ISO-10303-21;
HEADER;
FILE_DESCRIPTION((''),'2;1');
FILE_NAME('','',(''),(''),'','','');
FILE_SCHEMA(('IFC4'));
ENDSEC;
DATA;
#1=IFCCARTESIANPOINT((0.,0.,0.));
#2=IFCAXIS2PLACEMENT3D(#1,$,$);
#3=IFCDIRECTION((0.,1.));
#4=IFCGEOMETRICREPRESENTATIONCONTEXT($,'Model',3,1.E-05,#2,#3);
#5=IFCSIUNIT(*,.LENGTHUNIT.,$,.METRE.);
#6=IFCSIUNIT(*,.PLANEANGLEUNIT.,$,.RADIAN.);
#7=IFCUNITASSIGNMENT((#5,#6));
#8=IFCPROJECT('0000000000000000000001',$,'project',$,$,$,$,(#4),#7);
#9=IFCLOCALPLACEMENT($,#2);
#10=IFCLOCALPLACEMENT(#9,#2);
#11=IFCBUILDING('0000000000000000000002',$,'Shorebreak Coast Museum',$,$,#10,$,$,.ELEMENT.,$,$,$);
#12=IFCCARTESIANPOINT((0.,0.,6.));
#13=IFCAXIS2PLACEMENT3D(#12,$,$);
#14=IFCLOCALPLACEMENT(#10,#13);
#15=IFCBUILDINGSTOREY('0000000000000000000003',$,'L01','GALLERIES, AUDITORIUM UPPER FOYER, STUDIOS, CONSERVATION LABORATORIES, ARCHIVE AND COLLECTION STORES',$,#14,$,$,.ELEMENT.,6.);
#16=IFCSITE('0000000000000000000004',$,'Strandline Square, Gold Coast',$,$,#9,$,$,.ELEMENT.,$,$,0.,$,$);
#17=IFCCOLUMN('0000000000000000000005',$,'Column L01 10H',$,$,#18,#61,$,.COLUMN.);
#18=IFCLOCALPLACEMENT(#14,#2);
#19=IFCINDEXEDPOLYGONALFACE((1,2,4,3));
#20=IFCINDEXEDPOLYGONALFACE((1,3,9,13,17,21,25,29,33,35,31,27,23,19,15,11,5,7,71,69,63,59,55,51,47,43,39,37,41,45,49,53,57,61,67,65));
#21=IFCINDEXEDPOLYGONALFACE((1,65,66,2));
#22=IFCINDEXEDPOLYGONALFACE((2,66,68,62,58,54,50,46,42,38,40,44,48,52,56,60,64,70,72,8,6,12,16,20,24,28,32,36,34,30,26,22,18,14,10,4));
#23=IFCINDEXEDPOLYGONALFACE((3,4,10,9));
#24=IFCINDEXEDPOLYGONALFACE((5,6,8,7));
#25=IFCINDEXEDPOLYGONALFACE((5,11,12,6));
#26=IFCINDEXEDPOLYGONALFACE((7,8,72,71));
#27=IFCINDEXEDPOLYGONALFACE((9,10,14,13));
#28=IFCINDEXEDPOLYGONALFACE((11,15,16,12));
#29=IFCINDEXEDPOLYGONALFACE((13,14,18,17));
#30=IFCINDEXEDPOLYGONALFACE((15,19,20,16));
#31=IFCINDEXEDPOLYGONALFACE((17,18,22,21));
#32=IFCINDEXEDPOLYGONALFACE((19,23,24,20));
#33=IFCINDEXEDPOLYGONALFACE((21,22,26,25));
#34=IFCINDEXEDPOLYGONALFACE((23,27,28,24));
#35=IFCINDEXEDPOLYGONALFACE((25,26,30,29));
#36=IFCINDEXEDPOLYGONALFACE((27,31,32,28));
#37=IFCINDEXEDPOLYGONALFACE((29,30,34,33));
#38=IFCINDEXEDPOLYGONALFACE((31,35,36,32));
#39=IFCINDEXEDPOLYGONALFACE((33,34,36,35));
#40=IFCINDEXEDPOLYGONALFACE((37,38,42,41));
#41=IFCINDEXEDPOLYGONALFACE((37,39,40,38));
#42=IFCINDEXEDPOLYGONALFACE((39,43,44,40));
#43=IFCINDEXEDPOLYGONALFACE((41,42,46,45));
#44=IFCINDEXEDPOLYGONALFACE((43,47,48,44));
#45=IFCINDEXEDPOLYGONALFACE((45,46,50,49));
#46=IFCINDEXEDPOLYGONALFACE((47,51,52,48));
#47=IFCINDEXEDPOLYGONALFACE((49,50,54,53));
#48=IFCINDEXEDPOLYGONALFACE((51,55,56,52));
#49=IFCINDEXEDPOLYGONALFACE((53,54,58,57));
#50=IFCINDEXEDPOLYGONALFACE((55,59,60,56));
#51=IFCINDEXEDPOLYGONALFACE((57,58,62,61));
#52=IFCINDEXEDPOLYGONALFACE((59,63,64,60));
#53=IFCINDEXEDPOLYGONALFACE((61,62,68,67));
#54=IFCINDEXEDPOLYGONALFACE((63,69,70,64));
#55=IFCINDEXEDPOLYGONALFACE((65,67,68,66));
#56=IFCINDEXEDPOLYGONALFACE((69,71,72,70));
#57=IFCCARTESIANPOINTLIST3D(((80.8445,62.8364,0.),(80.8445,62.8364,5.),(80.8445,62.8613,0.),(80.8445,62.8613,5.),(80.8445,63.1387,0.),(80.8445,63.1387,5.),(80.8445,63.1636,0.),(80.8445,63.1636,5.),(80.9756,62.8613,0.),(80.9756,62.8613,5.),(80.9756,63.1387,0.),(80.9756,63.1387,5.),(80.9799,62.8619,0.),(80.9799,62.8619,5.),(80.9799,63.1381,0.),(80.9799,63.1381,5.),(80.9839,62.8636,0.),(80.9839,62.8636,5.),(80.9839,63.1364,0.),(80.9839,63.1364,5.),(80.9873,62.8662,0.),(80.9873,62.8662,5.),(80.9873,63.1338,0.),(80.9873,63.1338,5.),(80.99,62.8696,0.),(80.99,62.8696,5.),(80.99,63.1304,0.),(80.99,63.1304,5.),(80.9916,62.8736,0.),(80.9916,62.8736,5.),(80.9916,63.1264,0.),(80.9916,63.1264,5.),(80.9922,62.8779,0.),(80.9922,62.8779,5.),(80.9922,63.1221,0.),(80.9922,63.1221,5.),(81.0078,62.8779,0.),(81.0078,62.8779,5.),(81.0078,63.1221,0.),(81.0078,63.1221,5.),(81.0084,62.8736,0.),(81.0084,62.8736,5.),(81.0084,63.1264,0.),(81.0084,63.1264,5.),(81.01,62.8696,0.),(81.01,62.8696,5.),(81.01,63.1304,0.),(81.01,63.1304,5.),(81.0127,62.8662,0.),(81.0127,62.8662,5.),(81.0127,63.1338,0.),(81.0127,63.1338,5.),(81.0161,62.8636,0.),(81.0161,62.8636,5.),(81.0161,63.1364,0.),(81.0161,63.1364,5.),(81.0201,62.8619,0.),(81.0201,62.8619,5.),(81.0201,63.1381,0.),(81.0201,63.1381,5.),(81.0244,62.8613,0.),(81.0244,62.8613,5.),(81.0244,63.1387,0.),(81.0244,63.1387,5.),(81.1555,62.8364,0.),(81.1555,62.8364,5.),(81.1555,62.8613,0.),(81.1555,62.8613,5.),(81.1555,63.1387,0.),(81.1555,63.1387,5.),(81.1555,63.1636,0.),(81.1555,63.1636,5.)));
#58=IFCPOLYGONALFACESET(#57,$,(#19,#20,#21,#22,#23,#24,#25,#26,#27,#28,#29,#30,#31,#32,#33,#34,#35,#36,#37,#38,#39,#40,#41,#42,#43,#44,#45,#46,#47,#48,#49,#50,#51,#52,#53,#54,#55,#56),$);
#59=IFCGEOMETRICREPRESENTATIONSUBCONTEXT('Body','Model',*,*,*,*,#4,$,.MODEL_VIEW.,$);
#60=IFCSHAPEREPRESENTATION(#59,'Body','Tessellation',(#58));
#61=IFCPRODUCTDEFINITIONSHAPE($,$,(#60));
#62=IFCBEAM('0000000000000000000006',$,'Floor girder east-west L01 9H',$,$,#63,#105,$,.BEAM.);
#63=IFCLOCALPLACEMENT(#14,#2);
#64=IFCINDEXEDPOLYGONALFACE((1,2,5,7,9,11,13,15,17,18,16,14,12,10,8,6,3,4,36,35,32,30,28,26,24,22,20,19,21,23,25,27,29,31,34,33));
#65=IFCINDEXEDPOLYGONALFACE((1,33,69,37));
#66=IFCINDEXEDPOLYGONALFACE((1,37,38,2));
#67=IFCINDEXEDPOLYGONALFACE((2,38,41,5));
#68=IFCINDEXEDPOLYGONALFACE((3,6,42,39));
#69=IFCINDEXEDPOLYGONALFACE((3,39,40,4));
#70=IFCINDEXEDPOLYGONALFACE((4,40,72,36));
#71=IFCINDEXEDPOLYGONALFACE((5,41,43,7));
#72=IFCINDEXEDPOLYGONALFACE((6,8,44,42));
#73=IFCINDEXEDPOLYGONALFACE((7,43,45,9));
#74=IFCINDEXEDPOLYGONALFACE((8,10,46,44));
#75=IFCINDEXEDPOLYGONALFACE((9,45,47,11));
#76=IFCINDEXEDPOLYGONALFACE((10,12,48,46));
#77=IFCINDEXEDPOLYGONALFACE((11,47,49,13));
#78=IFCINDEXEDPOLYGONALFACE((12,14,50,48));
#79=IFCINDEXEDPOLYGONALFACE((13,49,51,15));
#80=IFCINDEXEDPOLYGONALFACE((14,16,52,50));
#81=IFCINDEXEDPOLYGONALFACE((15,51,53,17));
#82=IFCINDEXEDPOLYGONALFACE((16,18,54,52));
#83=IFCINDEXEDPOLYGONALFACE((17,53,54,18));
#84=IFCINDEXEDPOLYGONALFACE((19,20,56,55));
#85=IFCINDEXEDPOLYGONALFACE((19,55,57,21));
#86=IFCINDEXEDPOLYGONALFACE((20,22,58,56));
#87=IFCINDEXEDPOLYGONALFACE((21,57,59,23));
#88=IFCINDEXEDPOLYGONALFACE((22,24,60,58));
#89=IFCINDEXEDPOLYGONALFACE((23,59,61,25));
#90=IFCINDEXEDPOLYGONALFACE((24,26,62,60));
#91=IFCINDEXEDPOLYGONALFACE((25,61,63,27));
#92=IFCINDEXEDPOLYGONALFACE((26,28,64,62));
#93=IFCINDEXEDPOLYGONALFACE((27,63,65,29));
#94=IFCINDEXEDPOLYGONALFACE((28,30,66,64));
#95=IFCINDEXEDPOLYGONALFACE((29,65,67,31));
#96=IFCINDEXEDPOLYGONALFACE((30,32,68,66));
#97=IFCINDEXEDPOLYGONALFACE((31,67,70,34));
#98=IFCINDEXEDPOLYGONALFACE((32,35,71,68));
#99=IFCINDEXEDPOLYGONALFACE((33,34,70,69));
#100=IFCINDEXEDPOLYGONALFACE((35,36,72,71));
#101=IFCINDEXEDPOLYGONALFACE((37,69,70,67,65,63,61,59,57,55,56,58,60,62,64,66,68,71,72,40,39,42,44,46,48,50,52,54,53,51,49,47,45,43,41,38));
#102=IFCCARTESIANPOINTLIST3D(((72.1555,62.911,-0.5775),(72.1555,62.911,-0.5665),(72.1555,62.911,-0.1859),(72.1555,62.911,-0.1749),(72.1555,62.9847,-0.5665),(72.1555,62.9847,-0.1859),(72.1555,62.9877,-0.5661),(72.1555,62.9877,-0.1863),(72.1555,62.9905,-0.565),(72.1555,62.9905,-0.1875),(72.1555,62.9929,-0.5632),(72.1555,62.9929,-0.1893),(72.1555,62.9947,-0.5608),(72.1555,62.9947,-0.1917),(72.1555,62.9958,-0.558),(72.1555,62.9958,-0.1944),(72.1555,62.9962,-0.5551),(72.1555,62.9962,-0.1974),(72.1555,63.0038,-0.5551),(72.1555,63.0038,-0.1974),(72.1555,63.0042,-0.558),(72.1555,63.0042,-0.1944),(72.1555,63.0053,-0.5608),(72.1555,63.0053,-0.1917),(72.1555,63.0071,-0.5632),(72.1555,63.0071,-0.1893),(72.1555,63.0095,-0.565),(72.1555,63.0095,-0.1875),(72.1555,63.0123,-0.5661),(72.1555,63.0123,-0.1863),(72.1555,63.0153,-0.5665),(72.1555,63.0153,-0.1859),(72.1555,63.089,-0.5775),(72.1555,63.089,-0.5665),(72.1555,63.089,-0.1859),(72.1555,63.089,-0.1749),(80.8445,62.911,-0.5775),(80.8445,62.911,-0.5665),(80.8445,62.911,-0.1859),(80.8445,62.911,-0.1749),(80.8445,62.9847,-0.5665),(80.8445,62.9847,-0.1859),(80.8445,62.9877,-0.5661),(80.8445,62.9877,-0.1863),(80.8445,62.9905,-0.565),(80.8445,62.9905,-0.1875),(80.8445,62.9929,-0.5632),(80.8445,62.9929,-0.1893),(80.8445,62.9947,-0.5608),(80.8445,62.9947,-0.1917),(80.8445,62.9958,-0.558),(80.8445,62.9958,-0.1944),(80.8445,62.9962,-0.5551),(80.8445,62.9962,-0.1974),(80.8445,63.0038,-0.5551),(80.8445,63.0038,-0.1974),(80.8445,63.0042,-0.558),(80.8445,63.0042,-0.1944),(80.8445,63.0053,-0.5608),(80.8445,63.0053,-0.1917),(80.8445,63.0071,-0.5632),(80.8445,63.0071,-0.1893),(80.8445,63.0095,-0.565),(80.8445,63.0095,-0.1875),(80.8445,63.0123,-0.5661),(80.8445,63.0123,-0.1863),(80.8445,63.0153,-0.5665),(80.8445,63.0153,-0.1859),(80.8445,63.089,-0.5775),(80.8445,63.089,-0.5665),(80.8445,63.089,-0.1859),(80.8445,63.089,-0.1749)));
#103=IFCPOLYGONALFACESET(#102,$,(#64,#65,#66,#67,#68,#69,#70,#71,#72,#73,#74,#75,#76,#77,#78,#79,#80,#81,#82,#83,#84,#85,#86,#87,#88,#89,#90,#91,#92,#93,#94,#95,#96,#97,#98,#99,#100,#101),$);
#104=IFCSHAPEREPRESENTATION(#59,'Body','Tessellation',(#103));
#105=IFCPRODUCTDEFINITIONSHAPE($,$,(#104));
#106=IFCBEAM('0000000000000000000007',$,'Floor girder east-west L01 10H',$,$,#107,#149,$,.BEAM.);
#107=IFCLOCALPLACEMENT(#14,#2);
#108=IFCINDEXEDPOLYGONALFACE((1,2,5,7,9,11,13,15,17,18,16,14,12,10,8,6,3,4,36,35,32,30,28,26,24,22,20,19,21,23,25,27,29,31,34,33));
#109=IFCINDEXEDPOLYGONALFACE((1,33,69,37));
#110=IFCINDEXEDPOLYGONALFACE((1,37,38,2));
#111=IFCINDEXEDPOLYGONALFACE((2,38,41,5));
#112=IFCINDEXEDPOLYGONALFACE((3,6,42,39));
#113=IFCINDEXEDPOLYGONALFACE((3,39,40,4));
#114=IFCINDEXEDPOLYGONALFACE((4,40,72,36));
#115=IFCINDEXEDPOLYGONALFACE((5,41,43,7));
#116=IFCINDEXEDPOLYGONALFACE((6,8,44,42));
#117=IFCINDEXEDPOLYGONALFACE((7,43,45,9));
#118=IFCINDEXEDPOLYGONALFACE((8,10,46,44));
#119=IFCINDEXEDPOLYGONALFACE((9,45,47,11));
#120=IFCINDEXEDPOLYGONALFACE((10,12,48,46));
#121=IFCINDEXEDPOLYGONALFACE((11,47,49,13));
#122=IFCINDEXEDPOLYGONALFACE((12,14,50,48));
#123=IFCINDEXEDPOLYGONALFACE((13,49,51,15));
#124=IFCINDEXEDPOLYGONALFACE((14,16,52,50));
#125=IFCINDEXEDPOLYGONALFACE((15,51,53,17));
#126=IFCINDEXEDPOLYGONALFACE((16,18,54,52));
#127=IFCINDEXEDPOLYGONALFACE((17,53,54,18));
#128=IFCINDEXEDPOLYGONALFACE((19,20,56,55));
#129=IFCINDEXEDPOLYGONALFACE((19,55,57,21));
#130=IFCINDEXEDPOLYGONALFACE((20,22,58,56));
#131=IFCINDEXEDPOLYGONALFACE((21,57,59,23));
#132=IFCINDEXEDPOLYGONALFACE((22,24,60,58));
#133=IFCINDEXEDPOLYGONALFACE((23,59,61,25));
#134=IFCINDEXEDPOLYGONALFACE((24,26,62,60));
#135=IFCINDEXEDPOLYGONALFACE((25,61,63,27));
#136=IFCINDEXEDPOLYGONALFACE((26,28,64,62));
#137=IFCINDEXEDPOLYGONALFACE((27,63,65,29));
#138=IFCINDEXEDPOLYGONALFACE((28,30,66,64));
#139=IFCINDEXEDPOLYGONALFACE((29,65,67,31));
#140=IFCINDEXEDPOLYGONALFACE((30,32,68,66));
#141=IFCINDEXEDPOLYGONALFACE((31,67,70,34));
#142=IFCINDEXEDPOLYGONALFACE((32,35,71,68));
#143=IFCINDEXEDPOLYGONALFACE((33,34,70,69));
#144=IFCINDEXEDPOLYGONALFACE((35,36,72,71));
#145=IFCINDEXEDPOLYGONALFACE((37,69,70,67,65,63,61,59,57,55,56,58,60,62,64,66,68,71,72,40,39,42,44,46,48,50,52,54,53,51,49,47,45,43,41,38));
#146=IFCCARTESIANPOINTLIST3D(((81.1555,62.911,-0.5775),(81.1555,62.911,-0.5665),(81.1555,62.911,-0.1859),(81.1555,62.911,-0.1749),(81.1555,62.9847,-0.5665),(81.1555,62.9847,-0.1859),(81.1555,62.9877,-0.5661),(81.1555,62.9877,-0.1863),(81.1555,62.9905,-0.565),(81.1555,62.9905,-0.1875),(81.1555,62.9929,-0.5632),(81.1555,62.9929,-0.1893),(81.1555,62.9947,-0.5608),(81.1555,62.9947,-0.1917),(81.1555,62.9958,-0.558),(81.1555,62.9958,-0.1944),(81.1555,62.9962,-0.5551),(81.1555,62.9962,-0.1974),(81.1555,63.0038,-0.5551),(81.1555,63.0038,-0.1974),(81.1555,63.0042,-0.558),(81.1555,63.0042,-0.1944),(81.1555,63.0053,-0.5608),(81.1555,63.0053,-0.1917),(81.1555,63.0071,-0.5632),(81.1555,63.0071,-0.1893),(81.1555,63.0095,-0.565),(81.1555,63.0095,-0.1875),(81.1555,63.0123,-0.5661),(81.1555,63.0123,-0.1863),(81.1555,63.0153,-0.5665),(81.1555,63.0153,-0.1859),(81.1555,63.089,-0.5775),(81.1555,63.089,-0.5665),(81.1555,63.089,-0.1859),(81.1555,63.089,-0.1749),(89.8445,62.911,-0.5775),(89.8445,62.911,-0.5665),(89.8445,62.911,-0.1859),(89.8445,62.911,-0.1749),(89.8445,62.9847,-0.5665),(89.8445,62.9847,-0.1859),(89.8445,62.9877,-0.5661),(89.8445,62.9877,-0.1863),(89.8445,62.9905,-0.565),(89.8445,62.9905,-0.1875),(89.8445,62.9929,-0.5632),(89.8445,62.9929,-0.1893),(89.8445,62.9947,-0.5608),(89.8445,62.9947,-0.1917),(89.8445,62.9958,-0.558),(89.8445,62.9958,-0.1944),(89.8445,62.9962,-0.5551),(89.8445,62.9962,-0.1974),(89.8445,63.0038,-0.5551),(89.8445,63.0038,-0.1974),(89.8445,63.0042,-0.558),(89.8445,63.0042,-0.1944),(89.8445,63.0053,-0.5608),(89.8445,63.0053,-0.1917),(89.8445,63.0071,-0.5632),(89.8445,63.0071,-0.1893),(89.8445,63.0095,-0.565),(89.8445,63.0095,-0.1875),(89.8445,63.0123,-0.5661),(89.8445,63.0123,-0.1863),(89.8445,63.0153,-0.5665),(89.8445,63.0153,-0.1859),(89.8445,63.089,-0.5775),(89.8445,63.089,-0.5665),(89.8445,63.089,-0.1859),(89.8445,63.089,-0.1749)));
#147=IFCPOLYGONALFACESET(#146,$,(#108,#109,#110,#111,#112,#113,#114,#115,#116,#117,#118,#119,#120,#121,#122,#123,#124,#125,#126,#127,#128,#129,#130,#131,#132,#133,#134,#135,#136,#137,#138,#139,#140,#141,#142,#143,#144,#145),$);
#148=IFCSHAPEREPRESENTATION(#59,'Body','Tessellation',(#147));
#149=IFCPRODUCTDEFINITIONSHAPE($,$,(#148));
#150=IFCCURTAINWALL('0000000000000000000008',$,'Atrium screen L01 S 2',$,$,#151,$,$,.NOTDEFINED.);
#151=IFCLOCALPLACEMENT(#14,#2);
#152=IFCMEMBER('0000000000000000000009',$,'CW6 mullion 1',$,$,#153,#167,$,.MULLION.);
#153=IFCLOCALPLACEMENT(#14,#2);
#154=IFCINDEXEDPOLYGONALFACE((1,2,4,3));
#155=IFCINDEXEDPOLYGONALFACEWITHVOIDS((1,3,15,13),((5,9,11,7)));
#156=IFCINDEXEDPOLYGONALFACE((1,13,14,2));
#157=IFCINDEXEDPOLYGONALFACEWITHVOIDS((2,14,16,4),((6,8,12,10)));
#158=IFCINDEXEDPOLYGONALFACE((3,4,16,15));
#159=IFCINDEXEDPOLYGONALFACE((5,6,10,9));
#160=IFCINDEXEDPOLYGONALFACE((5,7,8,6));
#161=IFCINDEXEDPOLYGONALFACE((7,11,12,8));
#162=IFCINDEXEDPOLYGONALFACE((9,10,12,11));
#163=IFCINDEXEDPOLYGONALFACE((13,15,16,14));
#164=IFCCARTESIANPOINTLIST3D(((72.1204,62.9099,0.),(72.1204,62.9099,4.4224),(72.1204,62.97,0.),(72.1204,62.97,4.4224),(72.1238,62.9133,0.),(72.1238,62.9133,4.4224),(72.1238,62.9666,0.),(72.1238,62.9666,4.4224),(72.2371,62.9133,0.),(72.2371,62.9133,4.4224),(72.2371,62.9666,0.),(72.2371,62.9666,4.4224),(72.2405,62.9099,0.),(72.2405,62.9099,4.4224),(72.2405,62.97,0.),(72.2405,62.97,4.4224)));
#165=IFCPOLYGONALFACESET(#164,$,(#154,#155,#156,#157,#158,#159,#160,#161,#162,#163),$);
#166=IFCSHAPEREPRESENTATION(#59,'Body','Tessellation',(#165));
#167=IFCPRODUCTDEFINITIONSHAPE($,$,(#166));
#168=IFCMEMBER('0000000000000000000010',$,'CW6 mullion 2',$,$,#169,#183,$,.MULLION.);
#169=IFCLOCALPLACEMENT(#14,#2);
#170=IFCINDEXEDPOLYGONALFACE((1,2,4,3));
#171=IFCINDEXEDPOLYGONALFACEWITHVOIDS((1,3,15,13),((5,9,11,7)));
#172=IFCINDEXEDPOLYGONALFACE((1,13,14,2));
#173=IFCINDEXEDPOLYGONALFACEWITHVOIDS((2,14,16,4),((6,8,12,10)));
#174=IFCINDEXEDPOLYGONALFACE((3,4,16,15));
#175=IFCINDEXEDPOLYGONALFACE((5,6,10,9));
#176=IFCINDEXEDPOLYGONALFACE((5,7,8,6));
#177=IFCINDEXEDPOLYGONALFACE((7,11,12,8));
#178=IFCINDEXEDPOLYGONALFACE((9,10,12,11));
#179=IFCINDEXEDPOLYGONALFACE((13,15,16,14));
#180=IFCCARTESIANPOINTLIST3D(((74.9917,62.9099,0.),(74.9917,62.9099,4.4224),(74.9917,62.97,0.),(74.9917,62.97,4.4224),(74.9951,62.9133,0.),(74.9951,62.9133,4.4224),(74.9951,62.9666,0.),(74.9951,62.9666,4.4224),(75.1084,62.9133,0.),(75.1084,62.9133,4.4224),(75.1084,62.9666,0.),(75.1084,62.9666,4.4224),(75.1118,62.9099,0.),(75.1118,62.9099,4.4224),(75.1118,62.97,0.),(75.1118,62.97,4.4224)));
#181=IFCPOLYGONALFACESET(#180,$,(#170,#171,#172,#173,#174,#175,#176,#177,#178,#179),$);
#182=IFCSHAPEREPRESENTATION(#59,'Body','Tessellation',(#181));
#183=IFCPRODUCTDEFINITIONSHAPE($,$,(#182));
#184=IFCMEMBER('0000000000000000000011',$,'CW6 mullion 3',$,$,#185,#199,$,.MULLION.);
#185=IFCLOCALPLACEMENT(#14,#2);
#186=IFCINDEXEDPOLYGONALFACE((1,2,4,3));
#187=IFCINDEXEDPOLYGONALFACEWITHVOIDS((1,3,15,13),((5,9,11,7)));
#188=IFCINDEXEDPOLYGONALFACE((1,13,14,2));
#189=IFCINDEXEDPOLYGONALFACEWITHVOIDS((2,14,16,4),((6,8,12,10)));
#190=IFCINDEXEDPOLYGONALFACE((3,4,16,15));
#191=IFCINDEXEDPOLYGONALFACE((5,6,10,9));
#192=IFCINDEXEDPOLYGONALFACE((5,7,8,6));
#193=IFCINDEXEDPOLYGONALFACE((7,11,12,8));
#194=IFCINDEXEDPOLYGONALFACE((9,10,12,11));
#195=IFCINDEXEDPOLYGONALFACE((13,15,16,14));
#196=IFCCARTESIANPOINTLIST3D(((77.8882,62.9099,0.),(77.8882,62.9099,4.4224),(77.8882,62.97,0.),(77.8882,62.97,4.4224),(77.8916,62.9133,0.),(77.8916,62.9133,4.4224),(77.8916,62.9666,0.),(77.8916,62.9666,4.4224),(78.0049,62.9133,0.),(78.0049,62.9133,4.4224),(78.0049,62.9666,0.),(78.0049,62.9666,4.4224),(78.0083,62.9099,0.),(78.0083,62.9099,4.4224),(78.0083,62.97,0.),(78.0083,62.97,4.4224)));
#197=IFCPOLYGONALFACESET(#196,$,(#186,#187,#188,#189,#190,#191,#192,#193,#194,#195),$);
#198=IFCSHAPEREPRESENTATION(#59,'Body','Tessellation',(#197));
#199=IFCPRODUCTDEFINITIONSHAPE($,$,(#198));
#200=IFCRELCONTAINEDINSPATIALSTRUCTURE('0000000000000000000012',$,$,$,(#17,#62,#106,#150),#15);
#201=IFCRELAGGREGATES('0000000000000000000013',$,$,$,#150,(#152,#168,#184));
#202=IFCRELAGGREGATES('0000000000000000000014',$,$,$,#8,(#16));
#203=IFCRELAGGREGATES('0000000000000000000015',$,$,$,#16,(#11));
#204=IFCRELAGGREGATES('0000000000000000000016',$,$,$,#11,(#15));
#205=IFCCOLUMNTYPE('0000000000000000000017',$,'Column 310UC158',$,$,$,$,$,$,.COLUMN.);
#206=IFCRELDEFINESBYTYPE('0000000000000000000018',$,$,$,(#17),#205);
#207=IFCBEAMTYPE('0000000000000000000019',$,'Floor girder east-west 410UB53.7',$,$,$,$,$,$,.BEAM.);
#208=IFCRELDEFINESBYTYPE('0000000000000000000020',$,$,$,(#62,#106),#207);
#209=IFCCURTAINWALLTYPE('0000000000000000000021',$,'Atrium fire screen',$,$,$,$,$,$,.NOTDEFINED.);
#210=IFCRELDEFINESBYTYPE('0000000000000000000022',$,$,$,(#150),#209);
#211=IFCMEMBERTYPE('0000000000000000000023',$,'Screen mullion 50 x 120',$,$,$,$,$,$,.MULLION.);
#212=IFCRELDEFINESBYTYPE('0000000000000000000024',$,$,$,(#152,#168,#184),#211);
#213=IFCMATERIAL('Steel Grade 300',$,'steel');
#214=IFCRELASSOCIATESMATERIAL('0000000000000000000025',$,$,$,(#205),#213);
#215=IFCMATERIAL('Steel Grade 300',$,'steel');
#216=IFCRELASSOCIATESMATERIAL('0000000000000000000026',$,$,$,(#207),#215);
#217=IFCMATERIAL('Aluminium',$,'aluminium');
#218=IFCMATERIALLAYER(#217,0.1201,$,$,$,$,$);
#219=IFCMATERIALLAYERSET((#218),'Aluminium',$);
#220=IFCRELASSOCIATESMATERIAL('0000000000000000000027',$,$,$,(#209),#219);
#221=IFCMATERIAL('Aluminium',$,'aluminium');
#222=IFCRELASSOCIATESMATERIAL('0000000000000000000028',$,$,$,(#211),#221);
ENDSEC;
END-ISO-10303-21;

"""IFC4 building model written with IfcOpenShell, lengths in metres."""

from ifc_helpers import new_model, si_unit, direction, frame, origin, origin_2d, place, context, subcontext, project, spatial, hollow_rectangle, i_section, extrude, material, layer, layer_set, material_profile, profile_set, type_object, element, aggregate, save


model = new_model("IFC4")

# Units and contexts
model_context = context("Model", 3, precision=1e-05, world=origin(), true_north=direction((0.0, 1.0)))
body_context = subcontext(model_context, "Body", "Model", "MODEL_VIEW")
ifc_project = project(units=[si_unit("LENGTHUNIT", "METRE"), si_unit("PLANEANGLEUNIT", "RADIAN")], contexts=[model_context])

# Site, building, storey
site_placement = place(None, origin())
site = spatial("IfcSite", under=ifc_project, at=site_placement, Name="Strandline Square, Gold Coast", CompositionType="ELEMENT", RefElevation=0.0)
building_placement = place(site_placement, origin())
building = spatial("IfcBuilding", under=site, at=building_placement, Name="Shorebreak Coast Museum", CompositionType="ELEMENT")
storey_placement = place(building_placement, frame((0.0, 0.0, 6.0)))
storey = spatial("IfcBuildingStorey", under=building, at=storey_placement, Name="L01", Description="GALLERIES, AUDITORIUM UPPER FOYER, STUDIOS, CONSERVATION LABORATORIES, ARCHIVE AND COLLECTION STORES", CompositionType="ELEMENT", Elevation=6.0)

# Column
ifc_material_1 = material(Name="Steel Grade 300", Category="steel")
ifc_material_profile_1 = material_profile(ifc_material_1, i_section(OverallWidth=0.311, OverallDepth=0.3271, WebThickness=0.0156, FlangeThickness=0.0249, FilletRadius=0.0166, at=origin_2d()), Name="310UC158")
ifc_profile_set_1 = profile_set([ifc_material_profile_1], Name="Steel Grade 300")
column_type = type_object("IfcColumnType", Name="Column 310UC158", PredefinedType="COLUMN", material=ifc_profile_set_1)
column_placement = place(storey_placement, frame((81.0, 63.0, 0.0), z_axis=(0.0, 0.0, 1.0), x_axis=(1.0, 0.0, 0.0)))
element("IfcColumn", 1, at=column_placement, inside=storey, type_object=column_type, Name="Column L01 10H", PredefinedType="COLUMN", context=body_context, shape_type="SweptSolid", body=[
    extrude(i_section(OverallWidth=0.311, OverallDepth=0.3271, WebThickness=0.0156, FlangeThickness=0.0249, FilletRadius=0.0166, at=origin_2d()), origin(), (0.0, 0.0, 1.0), 5.0),
])

# Beams
ifc_material_2 = material(Name="Steel Grade 300", Category="steel")
ifc_material_profile_2 = material_profile(ifc_material_2, i_section(OverallWidth=0.178, OverallDepth=0.4026, WebThickness=0.0076, FlangeThickness=0.011, FilletRadius=0.0115, at=origin_2d()), Name="410UB53.7")
ifc_profile_set_2 = profile_set([ifc_material_profile_2], Name="Steel Grade 300")
beam_type = type_object("IfcBeamType", Name="Floor girder east-west 410UB53.7", PredefinedType="BEAM", material=ifc_profile_set_2)
for number, where, z_axis, x_axis, name in (
    (2, (72.1555, 63.0, -0.3762), (1.0, 0.0, 0.0), (0.0, 1.0, 0.0), "Floor girder east-west L01 9H"),
    (3, (81.1555, 63.0, -0.3762), (1.0, 0.0, 0.0), (0.0, 1.0, 0.0), "Floor girder east-west L01 10H"),
):
    element("IfcBeam", number, at=place(storey_placement, frame(where, z_axis=z_axis, x_axis=x_axis)), inside=storey, type_object=beam_type, Name=name, PredefinedType="BEAM", context=body_context, shape_type="SweptSolid", body=[
        extrude(i_section(OverallWidth=0.178, OverallDepth=0.4026, WebThickness=0.0076, FlangeThickness=0.011, FilletRadius=0.0115, at=origin_2d()), origin(), (0.0, 0.0, 1.0), 8.689),
    ])

# Curtain wall, members
ifc_material_3 = material(Name="Aluminium", Category="aluminium")
ifc_layer_1 = layer(ifc_material_3, 0.1201)
ifc_layer_set_1 = layer_set([ifc_layer_1], Name="Aluminium")
curtain_wall_type = type_object("IfcCurtainWallType", Name="Atrium fire screen", PredefinedType="NOTDEFINED", material=ifc_layer_set_1)
curtain_wall_1_placement = place(storey_placement, origin())
curtain_wall_1 = element("IfcCurtainWall", 4, at=curtain_wall_1_placement, inside=storey, type_object=curtain_wall_type, Name="Atrium screen L01 S 2", PredefinedType="NOTDEFINED")
ifc_material_4 = material(Name="Aluminium", Category="aluminium")
ifc_material_profile_3 = material_profile(ifc_material_4, hollow_rectangle(XDim=0.0601, YDim=0.1201, WallThickness=0.0034, at=origin_2d()), Name="AL 120x60 RHS")
ifc_profile_set_3 = profile_set([ifc_material_profile_3], Name="Aluminium")
member_type_1 = type_object("IfcMemberType", Name="Screen mullion 50 x 120", PredefinedType="MULLION", material=ifc_profile_set_3)
member_1_placement = place(storey_placement, frame((72.1804, 62.9399, 0.0), z_axis=(0.0, 0.0, 1.0), x_axis=(0.0, 1.0, 0.0)))
member_1 = element("IfcMember", 5, at=member_1_placement, type_object=member_type_1, Name="CW6 mullion 1", PredefinedType="MULLION", context=body_context, shape_type="SweptSolid", body=[
    extrude(hollow_rectangle(XDim=0.0601, YDim=0.1201, WallThickness=0.0034, at=origin_2d()), origin(), (0.0, 0.0, 1.0), 4.4224),
])
member_2_placement = place(storey_placement, frame((75.0518, 62.9399, 0.0), z_axis=(0.0, 0.0, 1.0), x_axis=(0.0, 1.0, 0.0)))
member_2 = element("IfcMember", 6, at=member_2_placement, type_object=member_type_1, Name="CW6 mullion 2", PredefinedType="MULLION", context=body_context, shape_type="SweptSolid", body=[
    extrude(hollow_rectangle(XDim=0.0601, YDim=0.1201, WallThickness=0.0034, at=origin_2d()), origin(), (0.0, 0.0, 1.0), 4.4224),
])
member_3_placement = place(storey_placement, frame((77.9482, 62.9399, 0.0), z_axis=(0.0, 0.0, 1.0), x_axis=(0.0, 1.0, 0.0)))
member_3 = element("IfcMember", 7, at=member_3_placement, type_object=member_type_1, Name="CW6 mullion 3", PredefinedType="MULLION", context=body_context, shape_type="SweptSolid", body=[
    extrude(hollow_rectangle(XDim=0.0601, YDim=0.1201, WallThickness=0.0034, at=origin_2d()), origin(), (0.0, 0.0, 1.0), 4.4224),
])

aggregate(curtain_wall_1, [member_1, member_2, member_3])

save(model, "model.ifc")
